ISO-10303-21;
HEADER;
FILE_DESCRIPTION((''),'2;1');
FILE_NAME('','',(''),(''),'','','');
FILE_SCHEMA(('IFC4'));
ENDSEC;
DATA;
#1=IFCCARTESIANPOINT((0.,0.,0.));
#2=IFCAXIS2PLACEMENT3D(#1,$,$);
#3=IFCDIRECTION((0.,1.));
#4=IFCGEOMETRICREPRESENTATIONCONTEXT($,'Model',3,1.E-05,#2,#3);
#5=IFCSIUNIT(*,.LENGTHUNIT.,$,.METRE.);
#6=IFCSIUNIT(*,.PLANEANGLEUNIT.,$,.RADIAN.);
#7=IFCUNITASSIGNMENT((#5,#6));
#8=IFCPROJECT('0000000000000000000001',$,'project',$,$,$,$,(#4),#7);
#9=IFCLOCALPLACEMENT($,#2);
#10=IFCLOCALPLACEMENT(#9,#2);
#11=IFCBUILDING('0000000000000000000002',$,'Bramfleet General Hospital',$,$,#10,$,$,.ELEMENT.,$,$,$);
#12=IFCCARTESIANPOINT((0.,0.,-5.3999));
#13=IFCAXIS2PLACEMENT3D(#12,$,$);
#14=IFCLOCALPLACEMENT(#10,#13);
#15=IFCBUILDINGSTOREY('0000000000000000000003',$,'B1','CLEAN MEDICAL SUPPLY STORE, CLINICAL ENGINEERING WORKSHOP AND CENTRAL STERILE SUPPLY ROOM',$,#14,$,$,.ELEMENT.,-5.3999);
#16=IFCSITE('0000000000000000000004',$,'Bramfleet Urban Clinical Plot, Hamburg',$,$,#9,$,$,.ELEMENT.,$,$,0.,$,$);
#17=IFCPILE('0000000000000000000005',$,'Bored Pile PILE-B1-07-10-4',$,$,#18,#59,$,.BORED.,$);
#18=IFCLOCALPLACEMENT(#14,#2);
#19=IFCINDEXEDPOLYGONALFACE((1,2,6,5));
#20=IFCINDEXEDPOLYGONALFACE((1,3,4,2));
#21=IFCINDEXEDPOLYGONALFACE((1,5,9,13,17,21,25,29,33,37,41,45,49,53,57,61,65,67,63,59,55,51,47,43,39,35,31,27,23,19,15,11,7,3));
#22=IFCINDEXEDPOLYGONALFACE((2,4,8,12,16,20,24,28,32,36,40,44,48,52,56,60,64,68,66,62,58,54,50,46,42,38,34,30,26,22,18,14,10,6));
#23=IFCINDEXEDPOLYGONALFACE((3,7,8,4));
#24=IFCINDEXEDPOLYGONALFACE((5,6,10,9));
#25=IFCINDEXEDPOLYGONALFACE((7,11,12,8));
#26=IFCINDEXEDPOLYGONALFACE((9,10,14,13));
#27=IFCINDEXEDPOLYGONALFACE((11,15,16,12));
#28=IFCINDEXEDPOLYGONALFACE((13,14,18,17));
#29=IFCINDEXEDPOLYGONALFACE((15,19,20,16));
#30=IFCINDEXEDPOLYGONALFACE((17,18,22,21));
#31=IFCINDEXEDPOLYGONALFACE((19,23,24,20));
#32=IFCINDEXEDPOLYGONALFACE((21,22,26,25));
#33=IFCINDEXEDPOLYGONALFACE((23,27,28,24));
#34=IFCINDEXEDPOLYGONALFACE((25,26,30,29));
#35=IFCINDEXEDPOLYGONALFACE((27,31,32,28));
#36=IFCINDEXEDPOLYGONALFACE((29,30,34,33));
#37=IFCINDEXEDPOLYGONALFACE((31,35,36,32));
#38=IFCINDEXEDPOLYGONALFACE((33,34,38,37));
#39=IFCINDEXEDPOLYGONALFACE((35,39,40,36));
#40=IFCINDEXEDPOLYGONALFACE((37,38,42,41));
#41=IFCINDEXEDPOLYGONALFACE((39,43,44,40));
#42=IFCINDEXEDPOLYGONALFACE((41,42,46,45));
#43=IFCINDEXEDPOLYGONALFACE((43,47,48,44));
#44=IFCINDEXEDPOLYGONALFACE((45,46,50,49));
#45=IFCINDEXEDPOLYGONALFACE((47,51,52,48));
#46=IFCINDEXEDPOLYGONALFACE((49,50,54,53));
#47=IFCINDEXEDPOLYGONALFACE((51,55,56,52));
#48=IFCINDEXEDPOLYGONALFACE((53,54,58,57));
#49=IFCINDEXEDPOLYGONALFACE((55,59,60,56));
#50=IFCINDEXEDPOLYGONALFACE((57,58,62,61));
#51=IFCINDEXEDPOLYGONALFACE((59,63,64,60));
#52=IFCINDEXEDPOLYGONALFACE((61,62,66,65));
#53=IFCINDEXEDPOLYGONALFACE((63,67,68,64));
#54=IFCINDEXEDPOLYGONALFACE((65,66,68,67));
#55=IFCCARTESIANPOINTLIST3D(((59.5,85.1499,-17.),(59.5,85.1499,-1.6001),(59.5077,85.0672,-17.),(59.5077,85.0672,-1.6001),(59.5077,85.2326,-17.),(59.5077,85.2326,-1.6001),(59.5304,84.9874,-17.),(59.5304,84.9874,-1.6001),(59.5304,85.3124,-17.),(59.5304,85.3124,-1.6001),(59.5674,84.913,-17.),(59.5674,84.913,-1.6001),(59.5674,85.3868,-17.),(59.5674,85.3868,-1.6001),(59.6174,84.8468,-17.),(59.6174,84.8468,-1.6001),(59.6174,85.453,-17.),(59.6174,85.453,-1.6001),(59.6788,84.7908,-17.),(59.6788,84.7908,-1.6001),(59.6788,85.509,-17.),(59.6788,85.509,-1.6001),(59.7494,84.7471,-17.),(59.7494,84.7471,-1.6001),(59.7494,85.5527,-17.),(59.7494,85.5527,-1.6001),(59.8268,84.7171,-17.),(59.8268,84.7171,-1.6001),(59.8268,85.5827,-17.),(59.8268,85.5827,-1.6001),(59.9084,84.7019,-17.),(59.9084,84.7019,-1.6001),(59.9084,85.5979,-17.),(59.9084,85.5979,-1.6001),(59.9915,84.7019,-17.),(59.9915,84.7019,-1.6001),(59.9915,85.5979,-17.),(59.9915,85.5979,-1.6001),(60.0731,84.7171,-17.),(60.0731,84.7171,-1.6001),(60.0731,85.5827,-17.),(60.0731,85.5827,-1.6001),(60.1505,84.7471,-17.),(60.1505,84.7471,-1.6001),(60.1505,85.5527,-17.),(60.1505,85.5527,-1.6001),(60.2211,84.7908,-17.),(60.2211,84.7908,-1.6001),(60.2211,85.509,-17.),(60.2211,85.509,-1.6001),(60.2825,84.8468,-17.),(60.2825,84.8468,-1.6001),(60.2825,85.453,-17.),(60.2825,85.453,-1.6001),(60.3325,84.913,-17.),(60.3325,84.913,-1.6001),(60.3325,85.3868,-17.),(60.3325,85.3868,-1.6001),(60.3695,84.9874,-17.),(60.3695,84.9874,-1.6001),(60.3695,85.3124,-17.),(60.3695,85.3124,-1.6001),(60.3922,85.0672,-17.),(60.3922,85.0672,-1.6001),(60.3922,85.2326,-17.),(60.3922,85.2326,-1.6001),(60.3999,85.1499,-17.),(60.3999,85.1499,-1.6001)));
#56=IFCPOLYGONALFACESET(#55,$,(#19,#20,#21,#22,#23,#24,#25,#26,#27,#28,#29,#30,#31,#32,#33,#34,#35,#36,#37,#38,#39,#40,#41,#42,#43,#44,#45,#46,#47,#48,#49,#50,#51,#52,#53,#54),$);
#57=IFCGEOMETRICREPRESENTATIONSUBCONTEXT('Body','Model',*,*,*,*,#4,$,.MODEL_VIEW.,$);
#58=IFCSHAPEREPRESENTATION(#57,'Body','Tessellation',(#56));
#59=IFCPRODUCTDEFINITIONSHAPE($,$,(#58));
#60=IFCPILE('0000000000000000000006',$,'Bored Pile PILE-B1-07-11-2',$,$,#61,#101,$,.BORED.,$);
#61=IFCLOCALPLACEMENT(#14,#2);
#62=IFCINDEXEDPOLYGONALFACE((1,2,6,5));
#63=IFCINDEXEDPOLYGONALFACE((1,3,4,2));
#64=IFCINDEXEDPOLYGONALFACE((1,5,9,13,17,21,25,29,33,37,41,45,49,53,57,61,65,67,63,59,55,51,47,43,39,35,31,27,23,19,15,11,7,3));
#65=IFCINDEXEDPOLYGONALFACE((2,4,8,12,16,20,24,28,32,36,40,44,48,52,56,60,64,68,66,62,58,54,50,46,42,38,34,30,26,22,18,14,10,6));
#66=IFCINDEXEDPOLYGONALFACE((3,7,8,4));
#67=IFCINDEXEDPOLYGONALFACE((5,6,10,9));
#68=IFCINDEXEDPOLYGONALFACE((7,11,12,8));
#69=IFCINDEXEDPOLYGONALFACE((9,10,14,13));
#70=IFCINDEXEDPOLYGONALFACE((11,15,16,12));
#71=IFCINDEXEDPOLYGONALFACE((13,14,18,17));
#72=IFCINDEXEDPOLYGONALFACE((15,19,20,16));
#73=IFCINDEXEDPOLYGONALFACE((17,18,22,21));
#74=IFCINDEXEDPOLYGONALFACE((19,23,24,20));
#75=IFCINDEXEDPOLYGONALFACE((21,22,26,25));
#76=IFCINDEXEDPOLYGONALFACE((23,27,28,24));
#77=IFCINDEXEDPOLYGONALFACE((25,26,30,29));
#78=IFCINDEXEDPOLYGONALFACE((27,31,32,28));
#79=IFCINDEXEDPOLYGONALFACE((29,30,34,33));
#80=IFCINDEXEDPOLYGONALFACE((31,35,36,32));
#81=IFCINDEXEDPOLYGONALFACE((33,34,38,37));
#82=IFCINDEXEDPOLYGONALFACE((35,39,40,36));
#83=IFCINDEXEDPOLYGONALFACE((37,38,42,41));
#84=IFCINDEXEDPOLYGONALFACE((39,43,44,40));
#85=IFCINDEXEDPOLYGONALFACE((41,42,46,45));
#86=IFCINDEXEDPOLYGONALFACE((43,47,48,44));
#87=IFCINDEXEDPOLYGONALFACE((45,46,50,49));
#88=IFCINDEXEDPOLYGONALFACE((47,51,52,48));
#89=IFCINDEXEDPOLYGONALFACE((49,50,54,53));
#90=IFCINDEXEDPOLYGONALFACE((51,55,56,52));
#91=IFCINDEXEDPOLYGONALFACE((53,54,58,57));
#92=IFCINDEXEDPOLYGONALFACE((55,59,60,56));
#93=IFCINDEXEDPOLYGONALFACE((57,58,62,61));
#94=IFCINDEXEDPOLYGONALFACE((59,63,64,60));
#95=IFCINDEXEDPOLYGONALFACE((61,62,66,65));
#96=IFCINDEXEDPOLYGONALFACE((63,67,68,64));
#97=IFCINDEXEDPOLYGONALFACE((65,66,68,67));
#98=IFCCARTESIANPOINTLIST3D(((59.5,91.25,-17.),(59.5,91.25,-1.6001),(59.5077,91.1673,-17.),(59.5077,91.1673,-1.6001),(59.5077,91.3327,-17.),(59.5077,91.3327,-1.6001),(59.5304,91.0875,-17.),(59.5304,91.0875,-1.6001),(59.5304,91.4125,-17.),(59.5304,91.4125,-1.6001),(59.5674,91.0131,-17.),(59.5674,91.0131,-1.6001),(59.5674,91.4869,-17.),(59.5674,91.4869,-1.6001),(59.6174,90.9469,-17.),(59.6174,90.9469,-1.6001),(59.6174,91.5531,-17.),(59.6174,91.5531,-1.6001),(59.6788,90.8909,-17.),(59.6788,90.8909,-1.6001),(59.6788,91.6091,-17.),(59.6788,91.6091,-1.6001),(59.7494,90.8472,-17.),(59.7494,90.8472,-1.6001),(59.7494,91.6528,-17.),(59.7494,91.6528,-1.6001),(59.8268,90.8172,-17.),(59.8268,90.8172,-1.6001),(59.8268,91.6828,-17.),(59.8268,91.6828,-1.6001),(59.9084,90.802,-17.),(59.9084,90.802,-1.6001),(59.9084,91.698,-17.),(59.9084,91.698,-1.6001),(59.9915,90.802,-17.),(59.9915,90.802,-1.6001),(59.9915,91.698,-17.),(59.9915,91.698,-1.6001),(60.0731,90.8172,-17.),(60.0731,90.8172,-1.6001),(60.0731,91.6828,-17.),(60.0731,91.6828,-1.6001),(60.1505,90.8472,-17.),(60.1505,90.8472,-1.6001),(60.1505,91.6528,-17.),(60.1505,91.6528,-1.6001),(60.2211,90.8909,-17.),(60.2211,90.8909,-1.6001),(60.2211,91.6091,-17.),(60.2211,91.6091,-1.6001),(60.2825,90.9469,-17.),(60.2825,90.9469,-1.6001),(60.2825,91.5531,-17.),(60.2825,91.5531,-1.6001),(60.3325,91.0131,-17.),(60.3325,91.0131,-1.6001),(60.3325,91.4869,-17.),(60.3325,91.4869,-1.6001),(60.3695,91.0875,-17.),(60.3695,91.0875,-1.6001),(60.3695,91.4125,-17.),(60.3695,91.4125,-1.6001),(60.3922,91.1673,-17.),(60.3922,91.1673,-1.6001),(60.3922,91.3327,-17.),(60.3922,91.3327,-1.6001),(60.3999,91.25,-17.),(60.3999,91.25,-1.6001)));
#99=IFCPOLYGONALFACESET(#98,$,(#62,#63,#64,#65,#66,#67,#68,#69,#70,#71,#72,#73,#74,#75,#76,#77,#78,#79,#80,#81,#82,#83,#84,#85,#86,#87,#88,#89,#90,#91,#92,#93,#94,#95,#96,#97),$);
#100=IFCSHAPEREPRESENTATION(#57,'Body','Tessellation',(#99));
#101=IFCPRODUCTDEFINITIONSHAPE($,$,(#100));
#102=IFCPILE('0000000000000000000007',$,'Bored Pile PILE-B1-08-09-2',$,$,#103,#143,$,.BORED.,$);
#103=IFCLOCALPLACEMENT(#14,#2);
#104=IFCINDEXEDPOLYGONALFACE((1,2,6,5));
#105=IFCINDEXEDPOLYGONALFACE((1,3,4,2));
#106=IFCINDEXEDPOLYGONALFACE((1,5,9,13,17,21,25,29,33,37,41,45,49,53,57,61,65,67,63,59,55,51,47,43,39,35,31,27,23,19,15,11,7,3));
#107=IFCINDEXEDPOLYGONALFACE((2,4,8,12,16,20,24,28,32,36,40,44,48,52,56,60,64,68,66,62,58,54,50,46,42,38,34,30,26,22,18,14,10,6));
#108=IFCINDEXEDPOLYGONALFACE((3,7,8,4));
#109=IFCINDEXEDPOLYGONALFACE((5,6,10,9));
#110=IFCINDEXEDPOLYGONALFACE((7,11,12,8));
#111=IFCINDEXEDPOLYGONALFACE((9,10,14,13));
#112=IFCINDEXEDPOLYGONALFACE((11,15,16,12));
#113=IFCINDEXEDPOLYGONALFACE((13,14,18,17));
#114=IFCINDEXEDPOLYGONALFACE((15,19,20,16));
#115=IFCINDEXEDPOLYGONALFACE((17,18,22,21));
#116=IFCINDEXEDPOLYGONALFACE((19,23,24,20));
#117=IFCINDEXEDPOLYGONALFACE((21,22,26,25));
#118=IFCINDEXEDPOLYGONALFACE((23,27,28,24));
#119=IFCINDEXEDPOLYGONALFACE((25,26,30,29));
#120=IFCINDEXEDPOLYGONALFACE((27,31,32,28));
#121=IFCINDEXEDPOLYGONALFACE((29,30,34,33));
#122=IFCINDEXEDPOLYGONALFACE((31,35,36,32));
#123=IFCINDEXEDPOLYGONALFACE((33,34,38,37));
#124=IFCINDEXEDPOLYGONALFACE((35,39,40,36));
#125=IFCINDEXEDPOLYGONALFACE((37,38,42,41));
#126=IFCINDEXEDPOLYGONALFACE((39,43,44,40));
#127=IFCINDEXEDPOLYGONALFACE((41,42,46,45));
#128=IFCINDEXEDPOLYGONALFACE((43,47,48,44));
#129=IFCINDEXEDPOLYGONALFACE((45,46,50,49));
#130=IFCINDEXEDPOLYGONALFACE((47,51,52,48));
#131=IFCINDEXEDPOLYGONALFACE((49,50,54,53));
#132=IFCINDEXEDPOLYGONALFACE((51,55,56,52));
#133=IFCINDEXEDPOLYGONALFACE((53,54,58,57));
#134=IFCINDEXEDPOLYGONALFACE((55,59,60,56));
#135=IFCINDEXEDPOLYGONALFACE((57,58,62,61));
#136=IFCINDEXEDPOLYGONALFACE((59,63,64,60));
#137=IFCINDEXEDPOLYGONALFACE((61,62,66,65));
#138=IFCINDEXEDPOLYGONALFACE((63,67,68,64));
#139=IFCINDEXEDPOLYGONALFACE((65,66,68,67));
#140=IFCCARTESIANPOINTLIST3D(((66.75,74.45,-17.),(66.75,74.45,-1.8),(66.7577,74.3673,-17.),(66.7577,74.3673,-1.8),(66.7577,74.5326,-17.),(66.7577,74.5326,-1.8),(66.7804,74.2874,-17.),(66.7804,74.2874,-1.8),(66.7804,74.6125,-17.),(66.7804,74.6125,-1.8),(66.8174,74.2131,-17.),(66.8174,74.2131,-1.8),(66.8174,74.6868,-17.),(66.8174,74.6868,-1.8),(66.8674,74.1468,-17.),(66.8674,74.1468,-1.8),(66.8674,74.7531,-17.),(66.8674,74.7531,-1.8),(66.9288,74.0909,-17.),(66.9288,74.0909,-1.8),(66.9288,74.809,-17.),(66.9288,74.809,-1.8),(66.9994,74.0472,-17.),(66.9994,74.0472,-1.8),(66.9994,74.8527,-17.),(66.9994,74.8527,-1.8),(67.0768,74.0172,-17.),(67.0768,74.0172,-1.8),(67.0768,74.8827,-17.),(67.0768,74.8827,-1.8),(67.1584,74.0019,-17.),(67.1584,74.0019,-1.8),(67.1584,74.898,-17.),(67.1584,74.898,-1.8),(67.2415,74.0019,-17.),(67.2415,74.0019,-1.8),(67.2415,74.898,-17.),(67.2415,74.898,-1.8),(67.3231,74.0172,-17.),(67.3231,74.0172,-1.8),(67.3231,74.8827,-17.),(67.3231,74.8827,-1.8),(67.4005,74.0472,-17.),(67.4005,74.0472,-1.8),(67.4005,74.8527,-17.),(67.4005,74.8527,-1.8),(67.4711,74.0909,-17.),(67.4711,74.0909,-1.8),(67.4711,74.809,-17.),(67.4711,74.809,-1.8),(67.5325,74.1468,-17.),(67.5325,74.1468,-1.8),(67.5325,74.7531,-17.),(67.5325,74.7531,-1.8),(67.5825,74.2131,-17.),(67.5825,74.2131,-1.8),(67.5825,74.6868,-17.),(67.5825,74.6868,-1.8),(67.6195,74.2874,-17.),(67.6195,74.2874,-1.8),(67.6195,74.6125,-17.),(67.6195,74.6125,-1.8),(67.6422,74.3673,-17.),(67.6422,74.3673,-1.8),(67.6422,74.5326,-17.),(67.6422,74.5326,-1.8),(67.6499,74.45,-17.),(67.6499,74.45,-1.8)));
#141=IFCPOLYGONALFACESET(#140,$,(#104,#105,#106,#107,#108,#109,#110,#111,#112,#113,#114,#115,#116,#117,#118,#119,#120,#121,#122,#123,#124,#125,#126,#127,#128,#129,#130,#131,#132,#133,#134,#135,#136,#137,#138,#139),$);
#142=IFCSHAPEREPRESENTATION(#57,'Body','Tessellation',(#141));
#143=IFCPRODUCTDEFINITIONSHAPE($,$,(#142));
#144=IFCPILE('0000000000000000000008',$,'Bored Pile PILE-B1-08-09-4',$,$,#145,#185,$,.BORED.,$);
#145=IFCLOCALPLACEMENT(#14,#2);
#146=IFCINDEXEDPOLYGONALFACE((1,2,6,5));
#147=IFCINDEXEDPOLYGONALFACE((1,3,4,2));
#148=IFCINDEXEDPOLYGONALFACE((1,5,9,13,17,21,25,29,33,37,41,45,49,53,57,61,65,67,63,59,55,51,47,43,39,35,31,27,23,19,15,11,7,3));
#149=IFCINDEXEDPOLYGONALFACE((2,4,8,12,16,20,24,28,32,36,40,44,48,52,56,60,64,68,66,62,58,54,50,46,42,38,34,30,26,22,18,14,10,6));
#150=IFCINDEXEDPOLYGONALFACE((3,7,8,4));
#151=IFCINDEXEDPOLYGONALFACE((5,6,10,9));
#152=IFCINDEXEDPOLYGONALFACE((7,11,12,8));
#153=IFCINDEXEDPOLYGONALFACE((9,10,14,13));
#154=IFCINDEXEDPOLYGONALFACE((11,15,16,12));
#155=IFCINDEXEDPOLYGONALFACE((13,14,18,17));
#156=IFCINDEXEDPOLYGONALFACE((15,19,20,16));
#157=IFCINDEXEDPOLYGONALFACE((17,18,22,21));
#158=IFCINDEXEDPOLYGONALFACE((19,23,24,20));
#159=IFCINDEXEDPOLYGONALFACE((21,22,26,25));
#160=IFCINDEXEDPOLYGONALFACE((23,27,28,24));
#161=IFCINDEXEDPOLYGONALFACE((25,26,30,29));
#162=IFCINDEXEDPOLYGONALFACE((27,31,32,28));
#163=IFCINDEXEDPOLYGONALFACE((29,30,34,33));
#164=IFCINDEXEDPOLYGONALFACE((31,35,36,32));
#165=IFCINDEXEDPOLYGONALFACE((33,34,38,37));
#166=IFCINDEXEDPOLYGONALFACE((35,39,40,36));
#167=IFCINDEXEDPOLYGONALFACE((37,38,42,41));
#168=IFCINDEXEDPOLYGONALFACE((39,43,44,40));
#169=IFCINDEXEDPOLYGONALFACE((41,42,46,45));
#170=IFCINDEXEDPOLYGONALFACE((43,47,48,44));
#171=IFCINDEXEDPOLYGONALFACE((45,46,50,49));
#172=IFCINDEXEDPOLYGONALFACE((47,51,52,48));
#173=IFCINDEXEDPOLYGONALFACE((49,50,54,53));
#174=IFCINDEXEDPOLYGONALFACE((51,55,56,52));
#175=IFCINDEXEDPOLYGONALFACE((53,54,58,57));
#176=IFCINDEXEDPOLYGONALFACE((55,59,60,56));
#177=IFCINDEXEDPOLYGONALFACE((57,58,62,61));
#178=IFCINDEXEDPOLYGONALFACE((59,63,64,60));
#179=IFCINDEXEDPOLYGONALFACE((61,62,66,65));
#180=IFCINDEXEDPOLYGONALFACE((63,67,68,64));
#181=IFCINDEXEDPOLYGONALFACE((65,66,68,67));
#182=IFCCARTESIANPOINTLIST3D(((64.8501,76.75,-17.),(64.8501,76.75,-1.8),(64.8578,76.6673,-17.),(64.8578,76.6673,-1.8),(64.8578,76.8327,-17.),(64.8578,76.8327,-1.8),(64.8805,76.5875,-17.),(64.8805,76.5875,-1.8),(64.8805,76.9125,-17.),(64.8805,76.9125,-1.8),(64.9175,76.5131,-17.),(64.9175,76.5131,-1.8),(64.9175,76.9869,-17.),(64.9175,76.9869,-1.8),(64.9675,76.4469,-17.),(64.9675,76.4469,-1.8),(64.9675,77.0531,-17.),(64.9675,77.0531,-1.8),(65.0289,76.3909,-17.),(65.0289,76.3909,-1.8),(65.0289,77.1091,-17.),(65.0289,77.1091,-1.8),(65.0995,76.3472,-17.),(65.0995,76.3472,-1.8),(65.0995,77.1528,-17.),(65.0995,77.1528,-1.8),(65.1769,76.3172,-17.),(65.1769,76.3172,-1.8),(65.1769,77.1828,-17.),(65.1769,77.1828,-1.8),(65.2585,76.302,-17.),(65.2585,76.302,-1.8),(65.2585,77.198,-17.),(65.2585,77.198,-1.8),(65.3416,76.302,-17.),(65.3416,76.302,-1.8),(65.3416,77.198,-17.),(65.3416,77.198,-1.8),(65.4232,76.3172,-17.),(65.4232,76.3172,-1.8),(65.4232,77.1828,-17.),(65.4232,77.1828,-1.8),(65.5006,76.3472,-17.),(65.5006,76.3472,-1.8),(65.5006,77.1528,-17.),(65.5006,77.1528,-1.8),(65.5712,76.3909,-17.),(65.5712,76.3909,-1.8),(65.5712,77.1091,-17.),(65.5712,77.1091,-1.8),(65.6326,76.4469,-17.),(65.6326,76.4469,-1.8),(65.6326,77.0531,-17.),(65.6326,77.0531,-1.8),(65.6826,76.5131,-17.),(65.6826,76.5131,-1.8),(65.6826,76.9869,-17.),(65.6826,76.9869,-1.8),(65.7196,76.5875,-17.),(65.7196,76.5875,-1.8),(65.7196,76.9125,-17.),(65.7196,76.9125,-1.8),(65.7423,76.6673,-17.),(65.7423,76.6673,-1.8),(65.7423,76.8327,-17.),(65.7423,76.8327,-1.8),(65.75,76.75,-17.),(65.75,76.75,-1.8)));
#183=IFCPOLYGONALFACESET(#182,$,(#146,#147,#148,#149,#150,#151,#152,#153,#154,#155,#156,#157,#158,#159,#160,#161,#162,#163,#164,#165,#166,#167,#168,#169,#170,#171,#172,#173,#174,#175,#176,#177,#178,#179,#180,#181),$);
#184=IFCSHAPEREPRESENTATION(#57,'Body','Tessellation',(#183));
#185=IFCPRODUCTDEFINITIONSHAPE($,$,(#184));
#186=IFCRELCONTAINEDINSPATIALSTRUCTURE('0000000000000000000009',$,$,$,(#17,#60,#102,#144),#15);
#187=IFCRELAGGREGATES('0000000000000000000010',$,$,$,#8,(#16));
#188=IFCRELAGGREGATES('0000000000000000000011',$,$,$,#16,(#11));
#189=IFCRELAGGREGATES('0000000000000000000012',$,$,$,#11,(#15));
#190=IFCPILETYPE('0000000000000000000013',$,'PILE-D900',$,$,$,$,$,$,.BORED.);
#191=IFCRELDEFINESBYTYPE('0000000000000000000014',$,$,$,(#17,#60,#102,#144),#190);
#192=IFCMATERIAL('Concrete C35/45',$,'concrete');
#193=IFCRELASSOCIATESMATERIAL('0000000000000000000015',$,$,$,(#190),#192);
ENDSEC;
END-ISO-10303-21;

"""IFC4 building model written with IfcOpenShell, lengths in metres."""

from ifc_helpers import new_model, si_unit, direction, frame, origin, origin_2d, place, context, subcontext, project, spatial, circle, extrude, material, material_profile, profile_set, type_object, element, save


model = new_model("IFC4")

# Units and contexts
model_context = context("Model", 3, precision=1e-05, world=origin(), true_north=direction((0.0, 1.0)))
body_context = subcontext(model_context, "Body", "Model", "MODEL_VIEW")
ifc_project = project(units=[si_unit("LENGTHUNIT", "METRE"), si_unit("PLANEANGLEUNIT", "RADIAN")], contexts=[model_context])

# Site, building, storey
site_placement = place(None, origin())
site = spatial("IfcSite", under=ifc_project, at=site_placement, Name="Bramfleet Urban Clinical Plot, Hamburg", CompositionType="ELEMENT", RefElevation=0.0)
building_placement = place(site_placement, origin())
building = spatial("IfcBuilding", under=site, at=building_placement, Name="Bramfleet General Hospital", CompositionType="ELEMENT")
storey_placement = place(building_placement, frame((0.0, 0.0, -5.3999)))
storey = spatial("IfcBuildingStorey", under=building, at=storey_placement, Name="B1", Description="CLEAN MEDICAL SUPPLY STORE, CLINICAL ENGINEERING WORKSHOP AND CENTRAL STERILE SUPPLY ROOM", CompositionType="ELEMENT", Elevation=-5.3999)

# Shared definitions
ifc_material_1 = material(Name="Concrete C35/45", Category="concrete")

# Piles
ifc_material_profile_1 = material_profile(ifc_material_1, circle(Radius=0.45, at=origin_2d()), Name="PILE BORED D900")
ifc_profile_set_1 = profile_set([ifc_material_profile_1], Name="Concrete C35/45")
pile_type = type_object("IfcPileType", Name="PILE-D900", PredefinedType="BORED", material=ifc_profile_set_1)
for number, where, z_axis, x_axis, name in (
    (1, (59.95, 85.1499, -1.6001), (0.0, 0.0, -1.0), (1.0, 0.0, 0.0), "Bored Pile PILE-B1-07-10-4"),
    (2, (59.95, 91.25, -1.6001), (0.0, 0.0, -1.0), (1.0, 0.0, 0.0), "Bored Pile PILE-B1-07-11-2"),
):
    element("IfcPile", number, at=place(storey_placement, frame(where, z_axis=z_axis, x_axis=x_axis)), inside=storey, type_object=pile_type, Name=name, PredefinedType="BORED", context=body_context, shape_type="SweptSolid", body=[
        extrude(circle(Radius=0.45, at=origin_2d()), origin(), (0.0, 0.0, 1.0), 15.3999),
    ])
for number, where, z_axis, x_axis, name in (
    (3, (67.2, 74.45, -1.8), (0.0, 0.0, -1.0), (1.0, 0.0, 0.0), "Bored Pile PILE-B1-08-09-2"),
    (4, (65.3, 76.75, -1.8), (0.0, 0.0, -1.0), (1.0, 0.0, 0.0), "Bored Pile PILE-B1-08-09-4"),
):
    element("IfcPile", number, at=place(storey_placement, frame(where, z_axis=z_axis, x_axis=x_axis)), inside=storey, type_object=pile_type, Name=name, PredefinedType="BORED", context=body_context, shape_type="SweptSolid", body=[
        extrude(circle(Radius=0.45, at=origin_2d()), origin(), (0.0, 0.0, 1.0), 15.2),
    ])

save(model, "model.ifc")
